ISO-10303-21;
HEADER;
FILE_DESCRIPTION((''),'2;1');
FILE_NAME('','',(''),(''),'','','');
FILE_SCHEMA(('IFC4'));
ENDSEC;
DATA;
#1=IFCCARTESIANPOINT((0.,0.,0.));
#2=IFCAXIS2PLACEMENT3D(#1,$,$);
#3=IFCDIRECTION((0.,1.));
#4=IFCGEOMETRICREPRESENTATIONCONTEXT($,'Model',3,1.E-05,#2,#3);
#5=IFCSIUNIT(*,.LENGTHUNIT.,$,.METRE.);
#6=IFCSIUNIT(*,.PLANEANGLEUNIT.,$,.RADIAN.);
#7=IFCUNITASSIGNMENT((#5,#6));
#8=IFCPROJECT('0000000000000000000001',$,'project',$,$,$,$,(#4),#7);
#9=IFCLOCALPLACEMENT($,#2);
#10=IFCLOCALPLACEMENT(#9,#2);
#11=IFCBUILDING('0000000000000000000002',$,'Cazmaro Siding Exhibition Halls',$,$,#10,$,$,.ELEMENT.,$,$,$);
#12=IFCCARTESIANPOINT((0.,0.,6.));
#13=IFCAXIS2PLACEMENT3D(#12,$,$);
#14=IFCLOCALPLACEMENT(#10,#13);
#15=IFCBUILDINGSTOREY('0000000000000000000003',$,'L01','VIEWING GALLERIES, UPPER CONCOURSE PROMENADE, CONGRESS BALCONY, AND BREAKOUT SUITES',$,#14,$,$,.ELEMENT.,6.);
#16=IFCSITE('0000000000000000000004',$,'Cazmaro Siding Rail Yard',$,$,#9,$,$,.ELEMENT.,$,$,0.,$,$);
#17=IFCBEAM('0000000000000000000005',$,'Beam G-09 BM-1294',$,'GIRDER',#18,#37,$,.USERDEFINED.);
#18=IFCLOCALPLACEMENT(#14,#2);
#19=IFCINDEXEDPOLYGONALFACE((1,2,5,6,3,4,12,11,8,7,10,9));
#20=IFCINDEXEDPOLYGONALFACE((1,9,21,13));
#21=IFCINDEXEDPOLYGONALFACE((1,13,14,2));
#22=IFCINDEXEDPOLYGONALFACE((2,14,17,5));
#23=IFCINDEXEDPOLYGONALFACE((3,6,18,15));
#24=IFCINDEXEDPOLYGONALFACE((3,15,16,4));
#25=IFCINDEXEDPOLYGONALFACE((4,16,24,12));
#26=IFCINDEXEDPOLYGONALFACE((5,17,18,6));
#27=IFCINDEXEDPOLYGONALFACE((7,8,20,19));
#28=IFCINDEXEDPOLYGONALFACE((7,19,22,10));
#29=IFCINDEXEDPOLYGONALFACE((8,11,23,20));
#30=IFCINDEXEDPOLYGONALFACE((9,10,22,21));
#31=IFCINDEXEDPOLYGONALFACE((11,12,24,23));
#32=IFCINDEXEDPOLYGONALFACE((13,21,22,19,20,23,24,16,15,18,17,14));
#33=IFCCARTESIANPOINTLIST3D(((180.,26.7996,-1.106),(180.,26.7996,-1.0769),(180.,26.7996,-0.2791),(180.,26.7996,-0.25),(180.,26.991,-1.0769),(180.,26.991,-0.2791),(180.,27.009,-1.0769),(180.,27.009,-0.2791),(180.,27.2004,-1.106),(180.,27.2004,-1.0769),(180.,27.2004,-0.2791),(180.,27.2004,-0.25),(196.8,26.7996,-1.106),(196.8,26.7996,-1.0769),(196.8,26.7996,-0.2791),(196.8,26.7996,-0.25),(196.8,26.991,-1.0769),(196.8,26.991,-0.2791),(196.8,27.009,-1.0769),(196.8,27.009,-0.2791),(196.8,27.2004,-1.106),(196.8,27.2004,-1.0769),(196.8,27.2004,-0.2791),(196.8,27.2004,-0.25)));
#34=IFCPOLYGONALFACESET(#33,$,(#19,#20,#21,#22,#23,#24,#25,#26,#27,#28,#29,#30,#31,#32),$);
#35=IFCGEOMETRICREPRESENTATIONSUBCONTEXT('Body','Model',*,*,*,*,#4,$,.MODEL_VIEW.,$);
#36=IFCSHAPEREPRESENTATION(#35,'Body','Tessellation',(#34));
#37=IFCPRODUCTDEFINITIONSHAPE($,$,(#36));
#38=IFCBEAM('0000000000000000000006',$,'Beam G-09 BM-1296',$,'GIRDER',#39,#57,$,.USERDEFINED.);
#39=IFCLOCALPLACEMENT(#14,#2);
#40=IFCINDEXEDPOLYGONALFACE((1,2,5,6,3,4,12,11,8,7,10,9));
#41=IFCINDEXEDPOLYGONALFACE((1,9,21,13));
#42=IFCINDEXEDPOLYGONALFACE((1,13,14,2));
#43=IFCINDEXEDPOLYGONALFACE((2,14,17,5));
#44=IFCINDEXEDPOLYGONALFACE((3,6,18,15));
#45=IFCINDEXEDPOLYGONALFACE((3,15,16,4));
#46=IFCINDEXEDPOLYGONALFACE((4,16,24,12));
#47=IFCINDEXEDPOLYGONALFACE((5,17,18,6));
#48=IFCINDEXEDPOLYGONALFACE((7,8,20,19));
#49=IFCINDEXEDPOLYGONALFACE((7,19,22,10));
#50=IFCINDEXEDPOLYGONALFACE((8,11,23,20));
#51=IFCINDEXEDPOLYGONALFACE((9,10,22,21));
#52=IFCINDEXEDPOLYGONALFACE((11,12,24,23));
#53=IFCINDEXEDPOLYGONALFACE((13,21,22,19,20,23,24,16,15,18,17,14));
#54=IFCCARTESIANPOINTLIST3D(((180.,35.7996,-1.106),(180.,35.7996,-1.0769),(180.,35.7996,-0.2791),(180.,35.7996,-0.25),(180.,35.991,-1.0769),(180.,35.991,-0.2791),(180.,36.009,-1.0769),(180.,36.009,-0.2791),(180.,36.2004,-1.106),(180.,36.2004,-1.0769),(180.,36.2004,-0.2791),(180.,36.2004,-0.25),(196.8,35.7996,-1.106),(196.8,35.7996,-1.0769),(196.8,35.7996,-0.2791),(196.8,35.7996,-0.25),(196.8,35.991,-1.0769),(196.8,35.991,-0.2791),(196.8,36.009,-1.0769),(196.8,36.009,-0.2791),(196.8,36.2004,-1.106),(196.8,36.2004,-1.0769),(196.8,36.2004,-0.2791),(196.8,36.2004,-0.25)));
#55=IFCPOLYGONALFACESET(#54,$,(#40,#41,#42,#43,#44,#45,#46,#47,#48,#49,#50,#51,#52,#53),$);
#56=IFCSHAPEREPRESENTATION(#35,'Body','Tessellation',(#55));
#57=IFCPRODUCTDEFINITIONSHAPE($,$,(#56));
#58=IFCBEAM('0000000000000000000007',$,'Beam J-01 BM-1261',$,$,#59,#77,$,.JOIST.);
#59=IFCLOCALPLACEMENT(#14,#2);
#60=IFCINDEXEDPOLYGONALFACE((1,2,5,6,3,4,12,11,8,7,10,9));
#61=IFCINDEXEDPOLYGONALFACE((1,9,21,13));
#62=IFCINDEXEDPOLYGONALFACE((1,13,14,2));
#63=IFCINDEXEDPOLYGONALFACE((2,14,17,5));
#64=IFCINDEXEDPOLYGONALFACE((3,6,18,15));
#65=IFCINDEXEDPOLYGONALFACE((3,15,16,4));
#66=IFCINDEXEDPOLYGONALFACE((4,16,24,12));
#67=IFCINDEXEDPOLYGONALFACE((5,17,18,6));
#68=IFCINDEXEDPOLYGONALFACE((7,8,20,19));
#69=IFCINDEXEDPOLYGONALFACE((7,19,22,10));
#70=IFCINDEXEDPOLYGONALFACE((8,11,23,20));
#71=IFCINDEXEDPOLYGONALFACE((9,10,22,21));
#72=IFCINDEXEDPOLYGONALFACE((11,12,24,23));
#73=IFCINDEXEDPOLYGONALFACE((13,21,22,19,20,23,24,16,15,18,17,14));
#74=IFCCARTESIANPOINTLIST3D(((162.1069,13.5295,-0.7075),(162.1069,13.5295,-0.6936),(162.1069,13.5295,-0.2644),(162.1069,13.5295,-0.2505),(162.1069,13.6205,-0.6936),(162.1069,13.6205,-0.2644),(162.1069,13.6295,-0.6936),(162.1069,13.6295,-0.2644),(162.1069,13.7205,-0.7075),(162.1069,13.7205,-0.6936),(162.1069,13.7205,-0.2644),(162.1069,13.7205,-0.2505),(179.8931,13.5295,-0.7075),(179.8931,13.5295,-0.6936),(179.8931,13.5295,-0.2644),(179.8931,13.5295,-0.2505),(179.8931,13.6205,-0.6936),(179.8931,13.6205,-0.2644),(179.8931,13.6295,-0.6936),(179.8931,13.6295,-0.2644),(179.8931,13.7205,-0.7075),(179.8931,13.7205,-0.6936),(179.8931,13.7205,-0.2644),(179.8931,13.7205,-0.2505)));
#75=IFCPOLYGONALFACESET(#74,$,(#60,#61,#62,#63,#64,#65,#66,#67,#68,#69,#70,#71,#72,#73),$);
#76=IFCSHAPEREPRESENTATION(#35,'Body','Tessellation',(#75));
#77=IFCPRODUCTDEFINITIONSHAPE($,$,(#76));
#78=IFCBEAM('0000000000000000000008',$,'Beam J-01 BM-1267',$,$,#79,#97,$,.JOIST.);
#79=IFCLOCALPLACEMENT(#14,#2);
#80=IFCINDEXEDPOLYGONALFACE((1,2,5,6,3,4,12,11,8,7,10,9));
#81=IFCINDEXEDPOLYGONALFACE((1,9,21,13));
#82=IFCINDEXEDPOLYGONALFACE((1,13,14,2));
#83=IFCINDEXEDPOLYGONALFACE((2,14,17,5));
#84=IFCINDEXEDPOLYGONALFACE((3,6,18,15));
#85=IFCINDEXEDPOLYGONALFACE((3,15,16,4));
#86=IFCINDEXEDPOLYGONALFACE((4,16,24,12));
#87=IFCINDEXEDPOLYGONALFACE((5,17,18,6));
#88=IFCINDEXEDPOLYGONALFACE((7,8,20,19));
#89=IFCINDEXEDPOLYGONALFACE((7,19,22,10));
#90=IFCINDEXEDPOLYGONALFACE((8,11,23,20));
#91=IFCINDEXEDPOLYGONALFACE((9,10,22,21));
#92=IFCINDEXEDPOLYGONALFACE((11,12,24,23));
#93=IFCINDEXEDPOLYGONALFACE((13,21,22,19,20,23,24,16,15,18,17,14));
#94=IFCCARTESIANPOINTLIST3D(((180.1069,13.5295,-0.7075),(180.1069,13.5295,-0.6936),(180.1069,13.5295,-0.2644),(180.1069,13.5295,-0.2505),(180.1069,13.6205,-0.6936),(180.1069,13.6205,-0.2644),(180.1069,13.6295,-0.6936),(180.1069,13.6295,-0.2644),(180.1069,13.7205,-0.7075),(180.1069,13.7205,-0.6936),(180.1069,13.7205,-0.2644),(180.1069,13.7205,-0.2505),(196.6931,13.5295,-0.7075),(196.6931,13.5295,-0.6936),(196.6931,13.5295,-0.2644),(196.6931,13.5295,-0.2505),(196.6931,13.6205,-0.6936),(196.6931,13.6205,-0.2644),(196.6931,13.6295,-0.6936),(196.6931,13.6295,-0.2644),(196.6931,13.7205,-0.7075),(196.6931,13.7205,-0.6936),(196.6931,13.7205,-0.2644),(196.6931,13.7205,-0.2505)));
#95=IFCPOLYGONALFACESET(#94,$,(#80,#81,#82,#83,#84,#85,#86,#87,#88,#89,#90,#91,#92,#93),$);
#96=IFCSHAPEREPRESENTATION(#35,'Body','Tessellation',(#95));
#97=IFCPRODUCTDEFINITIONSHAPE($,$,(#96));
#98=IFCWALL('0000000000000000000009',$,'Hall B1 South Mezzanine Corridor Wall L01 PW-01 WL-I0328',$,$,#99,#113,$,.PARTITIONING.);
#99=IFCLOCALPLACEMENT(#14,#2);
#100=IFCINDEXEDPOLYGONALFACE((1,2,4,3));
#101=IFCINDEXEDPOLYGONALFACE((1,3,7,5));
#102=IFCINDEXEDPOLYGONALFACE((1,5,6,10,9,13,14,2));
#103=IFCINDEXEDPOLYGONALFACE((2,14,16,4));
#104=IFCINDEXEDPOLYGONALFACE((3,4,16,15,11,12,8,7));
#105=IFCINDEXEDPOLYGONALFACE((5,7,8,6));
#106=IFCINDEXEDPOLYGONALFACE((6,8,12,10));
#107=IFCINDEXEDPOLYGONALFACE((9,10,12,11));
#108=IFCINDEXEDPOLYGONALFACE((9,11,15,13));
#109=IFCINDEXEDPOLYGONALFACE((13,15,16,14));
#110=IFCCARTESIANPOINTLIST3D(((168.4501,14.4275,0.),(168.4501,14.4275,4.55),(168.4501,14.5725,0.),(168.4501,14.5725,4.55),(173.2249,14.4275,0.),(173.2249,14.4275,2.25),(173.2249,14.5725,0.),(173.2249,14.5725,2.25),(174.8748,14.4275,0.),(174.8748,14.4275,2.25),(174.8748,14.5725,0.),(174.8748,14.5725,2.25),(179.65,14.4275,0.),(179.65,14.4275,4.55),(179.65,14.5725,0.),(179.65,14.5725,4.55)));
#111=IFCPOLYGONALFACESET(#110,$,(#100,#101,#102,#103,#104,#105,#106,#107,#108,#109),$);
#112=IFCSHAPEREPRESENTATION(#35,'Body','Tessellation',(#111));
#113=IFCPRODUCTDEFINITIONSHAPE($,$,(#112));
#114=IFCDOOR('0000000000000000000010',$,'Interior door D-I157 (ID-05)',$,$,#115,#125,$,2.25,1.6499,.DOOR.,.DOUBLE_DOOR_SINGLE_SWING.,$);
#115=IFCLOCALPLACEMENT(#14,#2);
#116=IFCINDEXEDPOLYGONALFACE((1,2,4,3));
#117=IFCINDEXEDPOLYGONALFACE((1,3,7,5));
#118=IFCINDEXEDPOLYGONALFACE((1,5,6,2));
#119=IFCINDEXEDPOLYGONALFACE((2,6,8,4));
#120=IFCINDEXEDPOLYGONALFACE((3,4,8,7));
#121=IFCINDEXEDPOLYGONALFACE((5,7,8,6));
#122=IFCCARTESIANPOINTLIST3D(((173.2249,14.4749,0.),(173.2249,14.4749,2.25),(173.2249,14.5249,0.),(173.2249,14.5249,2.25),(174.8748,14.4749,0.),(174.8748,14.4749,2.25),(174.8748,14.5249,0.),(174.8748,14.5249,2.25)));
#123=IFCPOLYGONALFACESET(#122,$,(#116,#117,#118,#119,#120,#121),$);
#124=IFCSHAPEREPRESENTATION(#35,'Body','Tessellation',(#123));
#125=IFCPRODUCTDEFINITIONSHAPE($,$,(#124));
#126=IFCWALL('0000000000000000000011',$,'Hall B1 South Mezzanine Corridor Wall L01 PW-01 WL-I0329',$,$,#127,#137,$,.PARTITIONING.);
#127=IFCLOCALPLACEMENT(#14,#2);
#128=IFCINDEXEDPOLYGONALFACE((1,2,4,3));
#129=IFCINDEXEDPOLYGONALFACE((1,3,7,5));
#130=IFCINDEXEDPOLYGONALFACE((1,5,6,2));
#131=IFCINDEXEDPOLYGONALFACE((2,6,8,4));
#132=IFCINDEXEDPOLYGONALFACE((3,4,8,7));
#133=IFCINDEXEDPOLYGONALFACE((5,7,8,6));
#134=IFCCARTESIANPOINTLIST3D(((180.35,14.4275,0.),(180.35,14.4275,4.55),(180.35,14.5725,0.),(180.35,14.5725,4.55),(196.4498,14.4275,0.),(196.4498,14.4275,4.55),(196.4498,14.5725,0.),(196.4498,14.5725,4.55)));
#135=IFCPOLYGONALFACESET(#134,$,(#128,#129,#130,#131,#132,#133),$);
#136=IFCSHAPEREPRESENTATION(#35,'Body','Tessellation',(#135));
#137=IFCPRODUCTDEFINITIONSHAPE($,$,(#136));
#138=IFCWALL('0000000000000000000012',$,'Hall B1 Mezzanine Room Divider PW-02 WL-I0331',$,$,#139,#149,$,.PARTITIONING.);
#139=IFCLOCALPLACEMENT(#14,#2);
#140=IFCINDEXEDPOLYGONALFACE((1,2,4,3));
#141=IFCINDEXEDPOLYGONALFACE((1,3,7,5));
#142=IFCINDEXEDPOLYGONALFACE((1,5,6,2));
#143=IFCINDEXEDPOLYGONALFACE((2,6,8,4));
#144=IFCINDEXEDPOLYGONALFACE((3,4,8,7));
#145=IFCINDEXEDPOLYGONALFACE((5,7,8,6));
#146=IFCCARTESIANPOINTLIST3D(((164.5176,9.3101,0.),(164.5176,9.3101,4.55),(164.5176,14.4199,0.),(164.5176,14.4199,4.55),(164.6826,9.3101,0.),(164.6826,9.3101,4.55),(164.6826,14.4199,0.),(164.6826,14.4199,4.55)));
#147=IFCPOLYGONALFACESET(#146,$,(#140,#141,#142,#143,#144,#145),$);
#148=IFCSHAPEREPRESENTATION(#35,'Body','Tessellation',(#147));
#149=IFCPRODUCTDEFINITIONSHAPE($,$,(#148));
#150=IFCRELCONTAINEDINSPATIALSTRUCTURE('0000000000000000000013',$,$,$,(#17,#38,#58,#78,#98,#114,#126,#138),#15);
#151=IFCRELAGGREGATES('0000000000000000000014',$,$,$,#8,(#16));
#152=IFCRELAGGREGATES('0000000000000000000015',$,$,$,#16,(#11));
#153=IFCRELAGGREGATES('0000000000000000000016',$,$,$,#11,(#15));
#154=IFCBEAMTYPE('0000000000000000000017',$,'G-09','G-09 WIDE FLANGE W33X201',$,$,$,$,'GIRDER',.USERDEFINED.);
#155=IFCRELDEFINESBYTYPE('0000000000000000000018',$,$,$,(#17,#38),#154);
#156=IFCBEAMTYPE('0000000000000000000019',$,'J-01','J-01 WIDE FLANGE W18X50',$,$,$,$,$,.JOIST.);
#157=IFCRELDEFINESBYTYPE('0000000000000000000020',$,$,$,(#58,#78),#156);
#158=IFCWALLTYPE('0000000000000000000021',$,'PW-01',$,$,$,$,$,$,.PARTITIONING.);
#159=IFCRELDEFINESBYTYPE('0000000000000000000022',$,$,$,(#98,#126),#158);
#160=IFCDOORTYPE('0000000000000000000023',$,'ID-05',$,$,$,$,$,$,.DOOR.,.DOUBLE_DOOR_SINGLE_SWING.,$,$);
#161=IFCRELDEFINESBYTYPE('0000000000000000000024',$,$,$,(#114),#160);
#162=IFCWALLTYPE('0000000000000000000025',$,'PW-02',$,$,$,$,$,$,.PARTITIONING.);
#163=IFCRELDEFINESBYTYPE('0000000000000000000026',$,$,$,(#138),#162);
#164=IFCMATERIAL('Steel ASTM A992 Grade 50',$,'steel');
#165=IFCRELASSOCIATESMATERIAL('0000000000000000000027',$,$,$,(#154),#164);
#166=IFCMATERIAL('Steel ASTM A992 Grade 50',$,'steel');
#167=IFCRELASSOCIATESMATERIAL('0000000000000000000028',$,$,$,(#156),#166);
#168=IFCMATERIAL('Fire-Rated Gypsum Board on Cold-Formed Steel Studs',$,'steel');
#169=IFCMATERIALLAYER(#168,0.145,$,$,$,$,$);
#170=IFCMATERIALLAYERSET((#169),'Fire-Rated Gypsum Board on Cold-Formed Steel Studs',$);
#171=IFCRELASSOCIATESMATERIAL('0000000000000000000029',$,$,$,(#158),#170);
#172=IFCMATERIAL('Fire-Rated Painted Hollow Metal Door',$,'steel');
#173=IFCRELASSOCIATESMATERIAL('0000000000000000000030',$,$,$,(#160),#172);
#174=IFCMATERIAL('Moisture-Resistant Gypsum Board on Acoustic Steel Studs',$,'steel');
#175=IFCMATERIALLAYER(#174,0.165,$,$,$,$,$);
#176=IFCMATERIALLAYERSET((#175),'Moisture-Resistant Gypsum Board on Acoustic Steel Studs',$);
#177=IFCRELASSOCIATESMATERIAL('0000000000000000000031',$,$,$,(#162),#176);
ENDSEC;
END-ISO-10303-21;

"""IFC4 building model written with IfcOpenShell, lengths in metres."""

from ifc_helpers import new_model, si_unit, direction, frame, frame_2d, origin, origin_2d, place, context, subcontext, project, spatial, rectangle, i_section, extrude, material, layer, layer_set, material_profile, profile_set, type_object, element, fill, save


model = new_model("IFC4")

# Units and contexts
model_context = context("Model", 3, precision=1e-05, world=origin(), true_north=direction((0.0, 1.0)))
body_context = subcontext(model_context, "Body", "Model", "MODEL_VIEW")
ifc_project = project(units=[si_unit("LENGTHUNIT", "METRE"), si_unit("PLANEANGLEUNIT", "RADIAN")], contexts=[model_context])

# Site, building, storey
site_placement = place(None, origin())
site = spatial("IfcSite", under=ifc_project, at=site_placement, Name="Cazmaro Siding Rail Yard", CompositionType="ELEMENT", RefElevation=0.0)
building_placement = place(site_placement, origin())
building = spatial("IfcBuilding", under=site, at=building_placement, Name="Cazmaro Siding Exhibition Halls", CompositionType="ELEMENT")
storey_placement = place(building_placement, frame((0.0, 0.0, 6.0)))
storey = spatial("IfcBuildingStorey", under=building, at=storey_placement, Name="L01", Description="VIEWING GALLERIES, UPPER CONCOURSE PROMENADE, CONGRESS BALCONY, AND BREAKOUT SUITES", CompositionType="ELEMENT", Elevation=6.0)

# Beams
ifc_material_1 = material(Name="Steel ASTM A992 Grade 50", Category="steel")
ifc_material_profile_1 = material_profile(ifc_material_1, i_section(OverallWidth=0.4009, OverallDepth=0.856, WebThickness=0.0181, FlangeThickness=0.0291, at=origin_2d()), Name="W33X201")
ifc_profile_set_1 = profile_set([ifc_material_profile_1], Name="Steel ASTM A992 Grade 50")
beam_type_1 = type_object("IfcBeamType", Name="G-09", Description="G-09 WIDE FLANGE W33X201", ElementType="GIRDER", PredefinedType="USERDEFINED", material=ifc_profile_set_1)
for number, where, z_axis, x_axis, name in (
    (1, (180.0, 27.0, -0.678), (1.0, 0.0, 0.0), (0.0, 1.0, 0.0), "Beam G-09 BM-1294"),
    (2, (180.0, 36.0, -0.678), (1.0, 0.0, 0.0), (0.0, 1.0, 0.0), "Beam G-09 BM-1296"),
):
    element("IfcBeam", number, at=place(storey_placement, frame(where, z_axis=z_axis, x_axis=x_axis)), inside=storey, type_object=beam_type_1, Name=name, ObjectType="GIRDER", PredefinedType="USERDEFINED", context=body_context, shape_type="SweptSolid", body=[
        extrude(i_section(OverallWidth=0.4009, OverallDepth=0.856, WebThickness=0.0181, FlangeThickness=0.0291, at=origin_2d()), origin(), (0.0, 0.0, 1.0), 16.8),
    ])
ifc_material_2 = material(Name="Steel ASTM A992 Grade 50", Category="steel")
ifc_material_profile_2 = material_profile(ifc_material_2, i_section(OverallWidth=0.1909, OverallDepth=0.457, WebThickness=0.009, FlangeThickness=0.0139, at=origin_2d()), Name="W18X50")
ifc_profile_set_2 = profile_set([ifc_material_profile_2], Name="Steel ASTM A992 Grade 50")
beam_type_2 = type_object("IfcBeamType", Name="J-01", Description="J-01 WIDE FLANGE W18X50", PredefinedType="JOIST", material=ifc_profile_set_2)
beam_1_placement = place(storey_placement, frame((162.1069, 13.625, -0.479), z_axis=(1.0, 0.0, 0.0), x_axis=(0.0, 1.0, 0.0)))
element("IfcBeam", 3, at=beam_1_placement, inside=storey, type_object=beam_type_2, Name="Beam J-01 BM-1261", PredefinedType="JOIST", context=body_context, shape_type="SweptSolid", body=[
    extrude(i_section(OverallWidth=0.1909, OverallDepth=0.457, WebThickness=0.009, FlangeThickness=0.0139, at=origin_2d()), origin(), (0.0, 0.0, 1.0), 17.7861),
])
beam_2_placement = place(storey_placement, frame((180.1069, 13.625, -0.479), z_axis=(1.0, 0.0, 0.0), x_axis=(0.0, 1.0, 0.0)))
element("IfcBeam", 4, at=beam_2_placement, inside=storey, type_object=beam_type_2, Name="Beam J-01 BM-1267", PredefinedType="JOIST", context=body_context, shape_type="SweptSolid", body=[
    extrude(i_section(OverallWidth=0.1909, OverallDepth=0.457, WebThickness=0.009, FlangeThickness=0.0139, at=origin_2d()), origin(), (0.0, 0.0, 1.0), 16.5862),
])

# Wall, opening, door
ifc_material_3 = material(Name="Fire-Rated Gypsum Board on Cold-Formed Steel Studs", Category="steel")
ifc_layer_1 = layer(ifc_material_3, 0.145)
ifc_layer_set_1 = layer_set([ifc_layer_1], Name="Fire-Rated Gypsum Board on Cold-Formed Steel Studs")
wall_type_1 = type_object("IfcWallType", Name="PW-01", PredefinedType="PARTITIONING", material=ifc_layer_set_1)
wall_1_placement = place(storey_placement, frame((168.45, 14.5, 0.0), z_axis=(0.0, 0.0, 1.0), x_axis=(1.0, 0.0, 0.0)))
wall_1 = element("IfcWall", 5, at=wall_1_placement, inside=storey, type_object=wall_type_1, Name="Hall B1 South Mezzanine Corridor Wall L01 PW-01 WL-I0328", PredefinedType="PARTITIONING", context=body_context, shape_type="SweptSolid", body=[
    extrude(rectangle(XDim=11.2, YDim=0.145, at=frame_2d((5.6001, 0.0))), origin(), (0.0, 0.0, 1.0), 4.55),
])
opening_placement = place(wall_1_placement, frame((4.7749, 0.0, 0.0)))
opening = element("IfcOpeningElement", 6, at=opening_placement, cuts=wall_1, PredefinedType="OPENING", context=body_context, shape_type="SweptSolid", body=[
    extrude(rectangle(XDim=1.6499, YDim=2.25, at=frame_2d((0.825, 1.125))), frame((0.0, 0.0825, 0.0), z_axis=(0.0, -1.0, 0.0), x_axis=(1.0, 0.0, 0.0)), (0.0, 0.0, 1.0), 0.165),
])
ifc_material_4 = material(Name="Fire-Rated Painted Hollow Metal Door", Category="steel")
door_type = type_object("IfcDoorType", Name="ID-05", OperationType="DOUBLE_DOOR_SINGLE_SWING", PredefinedType="DOOR", material=ifc_material_4)
door_placement = place(opening_placement, origin())
door = element("IfcDoor", 7, at=door_placement, inside=storey, type_object=door_type, Name="Interior door D-I157 (ID-05)", OperationType="DOUBLE_DOOR_SINGLE_SWING", OverallHeight=2.25, OverallWidth=1.6499, PredefinedType="DOOR", context=body_context, shape_type="SweptSolid", body=[
    extrude(rectangle(XDim=1.6499, YDim=2.25, at=frame_2d((0.825, 1.125))), frame((0.0, 0.0249, 0.0), z_axis=(0.0, -1.0, 0.0), x_axis=(1.0, 0.0, 0.0)), (0.0, 0.0, 1.0), 0.05),
])
fill(opening, door)

# Walls
wall_2_placement = place(storey_placement, frame((180.3501, 14.5, 0.0), z_axis=(0.0, 0.0, 1.0), x_axis=(1.0, 0.0, 0.0)))
element("IfcWall", 8, at=wall_2_placement, inside=storey, type_object=wall_type_1, Name="Hall B1 South Mezzanine Corridor Wall L01 PW-01 WL-I0329", PredefinedType="PARTITIONING", context=body_context, shape_type="SweptSolid", body=[
    extrude(rectangle(XDim=16.0999, YDim=0.145, at=frame_2d((8.0498, 0.0))), origin(), (0.0, 0.0, 1.0), 4.55),
])
ifc_material_5 = material(Name="Moisture-Resistant Gypsum Board on Acoustic Steel Studs", Category="steel")
ifc_layer_2 = layer(ifc_material_5, 0.165)
ifc_layer_set_2 = layer_set([ifc_layer_2], Name="Moisture-Resistant Gypsum Board on Acoustic Steel Studs")
wall_type_2 = type_object("IfcWallType", Name="PW-02", PredefinedType="PARTITIONING", material=ifc_layer_set_2)
wall_3_placement = place(storey_placement, frame((164.6001, 9.3101, 0.0), z_axis=(0.0, 0.0, 1.0), x_axis=(0.0, 1.0, 0.0)))
element("IfcWall", 9, at=wall_3_placement, inside=storey, type_object=wall_type_2, Name="Hall B1 Mezzanine Room Divider PW-02 WL-I0331", PredefinedType="PARTITIONING", context=body_context, shape_type="SweptSolid", body=[
    extrude(rectangle(XDim=5.1099, YDim=0.165, at=frame_2d((2.5549, 0.0))), origin(), (0.0, 0.0, 1.0), 4.55),
])

save(model, "model.ifc")
